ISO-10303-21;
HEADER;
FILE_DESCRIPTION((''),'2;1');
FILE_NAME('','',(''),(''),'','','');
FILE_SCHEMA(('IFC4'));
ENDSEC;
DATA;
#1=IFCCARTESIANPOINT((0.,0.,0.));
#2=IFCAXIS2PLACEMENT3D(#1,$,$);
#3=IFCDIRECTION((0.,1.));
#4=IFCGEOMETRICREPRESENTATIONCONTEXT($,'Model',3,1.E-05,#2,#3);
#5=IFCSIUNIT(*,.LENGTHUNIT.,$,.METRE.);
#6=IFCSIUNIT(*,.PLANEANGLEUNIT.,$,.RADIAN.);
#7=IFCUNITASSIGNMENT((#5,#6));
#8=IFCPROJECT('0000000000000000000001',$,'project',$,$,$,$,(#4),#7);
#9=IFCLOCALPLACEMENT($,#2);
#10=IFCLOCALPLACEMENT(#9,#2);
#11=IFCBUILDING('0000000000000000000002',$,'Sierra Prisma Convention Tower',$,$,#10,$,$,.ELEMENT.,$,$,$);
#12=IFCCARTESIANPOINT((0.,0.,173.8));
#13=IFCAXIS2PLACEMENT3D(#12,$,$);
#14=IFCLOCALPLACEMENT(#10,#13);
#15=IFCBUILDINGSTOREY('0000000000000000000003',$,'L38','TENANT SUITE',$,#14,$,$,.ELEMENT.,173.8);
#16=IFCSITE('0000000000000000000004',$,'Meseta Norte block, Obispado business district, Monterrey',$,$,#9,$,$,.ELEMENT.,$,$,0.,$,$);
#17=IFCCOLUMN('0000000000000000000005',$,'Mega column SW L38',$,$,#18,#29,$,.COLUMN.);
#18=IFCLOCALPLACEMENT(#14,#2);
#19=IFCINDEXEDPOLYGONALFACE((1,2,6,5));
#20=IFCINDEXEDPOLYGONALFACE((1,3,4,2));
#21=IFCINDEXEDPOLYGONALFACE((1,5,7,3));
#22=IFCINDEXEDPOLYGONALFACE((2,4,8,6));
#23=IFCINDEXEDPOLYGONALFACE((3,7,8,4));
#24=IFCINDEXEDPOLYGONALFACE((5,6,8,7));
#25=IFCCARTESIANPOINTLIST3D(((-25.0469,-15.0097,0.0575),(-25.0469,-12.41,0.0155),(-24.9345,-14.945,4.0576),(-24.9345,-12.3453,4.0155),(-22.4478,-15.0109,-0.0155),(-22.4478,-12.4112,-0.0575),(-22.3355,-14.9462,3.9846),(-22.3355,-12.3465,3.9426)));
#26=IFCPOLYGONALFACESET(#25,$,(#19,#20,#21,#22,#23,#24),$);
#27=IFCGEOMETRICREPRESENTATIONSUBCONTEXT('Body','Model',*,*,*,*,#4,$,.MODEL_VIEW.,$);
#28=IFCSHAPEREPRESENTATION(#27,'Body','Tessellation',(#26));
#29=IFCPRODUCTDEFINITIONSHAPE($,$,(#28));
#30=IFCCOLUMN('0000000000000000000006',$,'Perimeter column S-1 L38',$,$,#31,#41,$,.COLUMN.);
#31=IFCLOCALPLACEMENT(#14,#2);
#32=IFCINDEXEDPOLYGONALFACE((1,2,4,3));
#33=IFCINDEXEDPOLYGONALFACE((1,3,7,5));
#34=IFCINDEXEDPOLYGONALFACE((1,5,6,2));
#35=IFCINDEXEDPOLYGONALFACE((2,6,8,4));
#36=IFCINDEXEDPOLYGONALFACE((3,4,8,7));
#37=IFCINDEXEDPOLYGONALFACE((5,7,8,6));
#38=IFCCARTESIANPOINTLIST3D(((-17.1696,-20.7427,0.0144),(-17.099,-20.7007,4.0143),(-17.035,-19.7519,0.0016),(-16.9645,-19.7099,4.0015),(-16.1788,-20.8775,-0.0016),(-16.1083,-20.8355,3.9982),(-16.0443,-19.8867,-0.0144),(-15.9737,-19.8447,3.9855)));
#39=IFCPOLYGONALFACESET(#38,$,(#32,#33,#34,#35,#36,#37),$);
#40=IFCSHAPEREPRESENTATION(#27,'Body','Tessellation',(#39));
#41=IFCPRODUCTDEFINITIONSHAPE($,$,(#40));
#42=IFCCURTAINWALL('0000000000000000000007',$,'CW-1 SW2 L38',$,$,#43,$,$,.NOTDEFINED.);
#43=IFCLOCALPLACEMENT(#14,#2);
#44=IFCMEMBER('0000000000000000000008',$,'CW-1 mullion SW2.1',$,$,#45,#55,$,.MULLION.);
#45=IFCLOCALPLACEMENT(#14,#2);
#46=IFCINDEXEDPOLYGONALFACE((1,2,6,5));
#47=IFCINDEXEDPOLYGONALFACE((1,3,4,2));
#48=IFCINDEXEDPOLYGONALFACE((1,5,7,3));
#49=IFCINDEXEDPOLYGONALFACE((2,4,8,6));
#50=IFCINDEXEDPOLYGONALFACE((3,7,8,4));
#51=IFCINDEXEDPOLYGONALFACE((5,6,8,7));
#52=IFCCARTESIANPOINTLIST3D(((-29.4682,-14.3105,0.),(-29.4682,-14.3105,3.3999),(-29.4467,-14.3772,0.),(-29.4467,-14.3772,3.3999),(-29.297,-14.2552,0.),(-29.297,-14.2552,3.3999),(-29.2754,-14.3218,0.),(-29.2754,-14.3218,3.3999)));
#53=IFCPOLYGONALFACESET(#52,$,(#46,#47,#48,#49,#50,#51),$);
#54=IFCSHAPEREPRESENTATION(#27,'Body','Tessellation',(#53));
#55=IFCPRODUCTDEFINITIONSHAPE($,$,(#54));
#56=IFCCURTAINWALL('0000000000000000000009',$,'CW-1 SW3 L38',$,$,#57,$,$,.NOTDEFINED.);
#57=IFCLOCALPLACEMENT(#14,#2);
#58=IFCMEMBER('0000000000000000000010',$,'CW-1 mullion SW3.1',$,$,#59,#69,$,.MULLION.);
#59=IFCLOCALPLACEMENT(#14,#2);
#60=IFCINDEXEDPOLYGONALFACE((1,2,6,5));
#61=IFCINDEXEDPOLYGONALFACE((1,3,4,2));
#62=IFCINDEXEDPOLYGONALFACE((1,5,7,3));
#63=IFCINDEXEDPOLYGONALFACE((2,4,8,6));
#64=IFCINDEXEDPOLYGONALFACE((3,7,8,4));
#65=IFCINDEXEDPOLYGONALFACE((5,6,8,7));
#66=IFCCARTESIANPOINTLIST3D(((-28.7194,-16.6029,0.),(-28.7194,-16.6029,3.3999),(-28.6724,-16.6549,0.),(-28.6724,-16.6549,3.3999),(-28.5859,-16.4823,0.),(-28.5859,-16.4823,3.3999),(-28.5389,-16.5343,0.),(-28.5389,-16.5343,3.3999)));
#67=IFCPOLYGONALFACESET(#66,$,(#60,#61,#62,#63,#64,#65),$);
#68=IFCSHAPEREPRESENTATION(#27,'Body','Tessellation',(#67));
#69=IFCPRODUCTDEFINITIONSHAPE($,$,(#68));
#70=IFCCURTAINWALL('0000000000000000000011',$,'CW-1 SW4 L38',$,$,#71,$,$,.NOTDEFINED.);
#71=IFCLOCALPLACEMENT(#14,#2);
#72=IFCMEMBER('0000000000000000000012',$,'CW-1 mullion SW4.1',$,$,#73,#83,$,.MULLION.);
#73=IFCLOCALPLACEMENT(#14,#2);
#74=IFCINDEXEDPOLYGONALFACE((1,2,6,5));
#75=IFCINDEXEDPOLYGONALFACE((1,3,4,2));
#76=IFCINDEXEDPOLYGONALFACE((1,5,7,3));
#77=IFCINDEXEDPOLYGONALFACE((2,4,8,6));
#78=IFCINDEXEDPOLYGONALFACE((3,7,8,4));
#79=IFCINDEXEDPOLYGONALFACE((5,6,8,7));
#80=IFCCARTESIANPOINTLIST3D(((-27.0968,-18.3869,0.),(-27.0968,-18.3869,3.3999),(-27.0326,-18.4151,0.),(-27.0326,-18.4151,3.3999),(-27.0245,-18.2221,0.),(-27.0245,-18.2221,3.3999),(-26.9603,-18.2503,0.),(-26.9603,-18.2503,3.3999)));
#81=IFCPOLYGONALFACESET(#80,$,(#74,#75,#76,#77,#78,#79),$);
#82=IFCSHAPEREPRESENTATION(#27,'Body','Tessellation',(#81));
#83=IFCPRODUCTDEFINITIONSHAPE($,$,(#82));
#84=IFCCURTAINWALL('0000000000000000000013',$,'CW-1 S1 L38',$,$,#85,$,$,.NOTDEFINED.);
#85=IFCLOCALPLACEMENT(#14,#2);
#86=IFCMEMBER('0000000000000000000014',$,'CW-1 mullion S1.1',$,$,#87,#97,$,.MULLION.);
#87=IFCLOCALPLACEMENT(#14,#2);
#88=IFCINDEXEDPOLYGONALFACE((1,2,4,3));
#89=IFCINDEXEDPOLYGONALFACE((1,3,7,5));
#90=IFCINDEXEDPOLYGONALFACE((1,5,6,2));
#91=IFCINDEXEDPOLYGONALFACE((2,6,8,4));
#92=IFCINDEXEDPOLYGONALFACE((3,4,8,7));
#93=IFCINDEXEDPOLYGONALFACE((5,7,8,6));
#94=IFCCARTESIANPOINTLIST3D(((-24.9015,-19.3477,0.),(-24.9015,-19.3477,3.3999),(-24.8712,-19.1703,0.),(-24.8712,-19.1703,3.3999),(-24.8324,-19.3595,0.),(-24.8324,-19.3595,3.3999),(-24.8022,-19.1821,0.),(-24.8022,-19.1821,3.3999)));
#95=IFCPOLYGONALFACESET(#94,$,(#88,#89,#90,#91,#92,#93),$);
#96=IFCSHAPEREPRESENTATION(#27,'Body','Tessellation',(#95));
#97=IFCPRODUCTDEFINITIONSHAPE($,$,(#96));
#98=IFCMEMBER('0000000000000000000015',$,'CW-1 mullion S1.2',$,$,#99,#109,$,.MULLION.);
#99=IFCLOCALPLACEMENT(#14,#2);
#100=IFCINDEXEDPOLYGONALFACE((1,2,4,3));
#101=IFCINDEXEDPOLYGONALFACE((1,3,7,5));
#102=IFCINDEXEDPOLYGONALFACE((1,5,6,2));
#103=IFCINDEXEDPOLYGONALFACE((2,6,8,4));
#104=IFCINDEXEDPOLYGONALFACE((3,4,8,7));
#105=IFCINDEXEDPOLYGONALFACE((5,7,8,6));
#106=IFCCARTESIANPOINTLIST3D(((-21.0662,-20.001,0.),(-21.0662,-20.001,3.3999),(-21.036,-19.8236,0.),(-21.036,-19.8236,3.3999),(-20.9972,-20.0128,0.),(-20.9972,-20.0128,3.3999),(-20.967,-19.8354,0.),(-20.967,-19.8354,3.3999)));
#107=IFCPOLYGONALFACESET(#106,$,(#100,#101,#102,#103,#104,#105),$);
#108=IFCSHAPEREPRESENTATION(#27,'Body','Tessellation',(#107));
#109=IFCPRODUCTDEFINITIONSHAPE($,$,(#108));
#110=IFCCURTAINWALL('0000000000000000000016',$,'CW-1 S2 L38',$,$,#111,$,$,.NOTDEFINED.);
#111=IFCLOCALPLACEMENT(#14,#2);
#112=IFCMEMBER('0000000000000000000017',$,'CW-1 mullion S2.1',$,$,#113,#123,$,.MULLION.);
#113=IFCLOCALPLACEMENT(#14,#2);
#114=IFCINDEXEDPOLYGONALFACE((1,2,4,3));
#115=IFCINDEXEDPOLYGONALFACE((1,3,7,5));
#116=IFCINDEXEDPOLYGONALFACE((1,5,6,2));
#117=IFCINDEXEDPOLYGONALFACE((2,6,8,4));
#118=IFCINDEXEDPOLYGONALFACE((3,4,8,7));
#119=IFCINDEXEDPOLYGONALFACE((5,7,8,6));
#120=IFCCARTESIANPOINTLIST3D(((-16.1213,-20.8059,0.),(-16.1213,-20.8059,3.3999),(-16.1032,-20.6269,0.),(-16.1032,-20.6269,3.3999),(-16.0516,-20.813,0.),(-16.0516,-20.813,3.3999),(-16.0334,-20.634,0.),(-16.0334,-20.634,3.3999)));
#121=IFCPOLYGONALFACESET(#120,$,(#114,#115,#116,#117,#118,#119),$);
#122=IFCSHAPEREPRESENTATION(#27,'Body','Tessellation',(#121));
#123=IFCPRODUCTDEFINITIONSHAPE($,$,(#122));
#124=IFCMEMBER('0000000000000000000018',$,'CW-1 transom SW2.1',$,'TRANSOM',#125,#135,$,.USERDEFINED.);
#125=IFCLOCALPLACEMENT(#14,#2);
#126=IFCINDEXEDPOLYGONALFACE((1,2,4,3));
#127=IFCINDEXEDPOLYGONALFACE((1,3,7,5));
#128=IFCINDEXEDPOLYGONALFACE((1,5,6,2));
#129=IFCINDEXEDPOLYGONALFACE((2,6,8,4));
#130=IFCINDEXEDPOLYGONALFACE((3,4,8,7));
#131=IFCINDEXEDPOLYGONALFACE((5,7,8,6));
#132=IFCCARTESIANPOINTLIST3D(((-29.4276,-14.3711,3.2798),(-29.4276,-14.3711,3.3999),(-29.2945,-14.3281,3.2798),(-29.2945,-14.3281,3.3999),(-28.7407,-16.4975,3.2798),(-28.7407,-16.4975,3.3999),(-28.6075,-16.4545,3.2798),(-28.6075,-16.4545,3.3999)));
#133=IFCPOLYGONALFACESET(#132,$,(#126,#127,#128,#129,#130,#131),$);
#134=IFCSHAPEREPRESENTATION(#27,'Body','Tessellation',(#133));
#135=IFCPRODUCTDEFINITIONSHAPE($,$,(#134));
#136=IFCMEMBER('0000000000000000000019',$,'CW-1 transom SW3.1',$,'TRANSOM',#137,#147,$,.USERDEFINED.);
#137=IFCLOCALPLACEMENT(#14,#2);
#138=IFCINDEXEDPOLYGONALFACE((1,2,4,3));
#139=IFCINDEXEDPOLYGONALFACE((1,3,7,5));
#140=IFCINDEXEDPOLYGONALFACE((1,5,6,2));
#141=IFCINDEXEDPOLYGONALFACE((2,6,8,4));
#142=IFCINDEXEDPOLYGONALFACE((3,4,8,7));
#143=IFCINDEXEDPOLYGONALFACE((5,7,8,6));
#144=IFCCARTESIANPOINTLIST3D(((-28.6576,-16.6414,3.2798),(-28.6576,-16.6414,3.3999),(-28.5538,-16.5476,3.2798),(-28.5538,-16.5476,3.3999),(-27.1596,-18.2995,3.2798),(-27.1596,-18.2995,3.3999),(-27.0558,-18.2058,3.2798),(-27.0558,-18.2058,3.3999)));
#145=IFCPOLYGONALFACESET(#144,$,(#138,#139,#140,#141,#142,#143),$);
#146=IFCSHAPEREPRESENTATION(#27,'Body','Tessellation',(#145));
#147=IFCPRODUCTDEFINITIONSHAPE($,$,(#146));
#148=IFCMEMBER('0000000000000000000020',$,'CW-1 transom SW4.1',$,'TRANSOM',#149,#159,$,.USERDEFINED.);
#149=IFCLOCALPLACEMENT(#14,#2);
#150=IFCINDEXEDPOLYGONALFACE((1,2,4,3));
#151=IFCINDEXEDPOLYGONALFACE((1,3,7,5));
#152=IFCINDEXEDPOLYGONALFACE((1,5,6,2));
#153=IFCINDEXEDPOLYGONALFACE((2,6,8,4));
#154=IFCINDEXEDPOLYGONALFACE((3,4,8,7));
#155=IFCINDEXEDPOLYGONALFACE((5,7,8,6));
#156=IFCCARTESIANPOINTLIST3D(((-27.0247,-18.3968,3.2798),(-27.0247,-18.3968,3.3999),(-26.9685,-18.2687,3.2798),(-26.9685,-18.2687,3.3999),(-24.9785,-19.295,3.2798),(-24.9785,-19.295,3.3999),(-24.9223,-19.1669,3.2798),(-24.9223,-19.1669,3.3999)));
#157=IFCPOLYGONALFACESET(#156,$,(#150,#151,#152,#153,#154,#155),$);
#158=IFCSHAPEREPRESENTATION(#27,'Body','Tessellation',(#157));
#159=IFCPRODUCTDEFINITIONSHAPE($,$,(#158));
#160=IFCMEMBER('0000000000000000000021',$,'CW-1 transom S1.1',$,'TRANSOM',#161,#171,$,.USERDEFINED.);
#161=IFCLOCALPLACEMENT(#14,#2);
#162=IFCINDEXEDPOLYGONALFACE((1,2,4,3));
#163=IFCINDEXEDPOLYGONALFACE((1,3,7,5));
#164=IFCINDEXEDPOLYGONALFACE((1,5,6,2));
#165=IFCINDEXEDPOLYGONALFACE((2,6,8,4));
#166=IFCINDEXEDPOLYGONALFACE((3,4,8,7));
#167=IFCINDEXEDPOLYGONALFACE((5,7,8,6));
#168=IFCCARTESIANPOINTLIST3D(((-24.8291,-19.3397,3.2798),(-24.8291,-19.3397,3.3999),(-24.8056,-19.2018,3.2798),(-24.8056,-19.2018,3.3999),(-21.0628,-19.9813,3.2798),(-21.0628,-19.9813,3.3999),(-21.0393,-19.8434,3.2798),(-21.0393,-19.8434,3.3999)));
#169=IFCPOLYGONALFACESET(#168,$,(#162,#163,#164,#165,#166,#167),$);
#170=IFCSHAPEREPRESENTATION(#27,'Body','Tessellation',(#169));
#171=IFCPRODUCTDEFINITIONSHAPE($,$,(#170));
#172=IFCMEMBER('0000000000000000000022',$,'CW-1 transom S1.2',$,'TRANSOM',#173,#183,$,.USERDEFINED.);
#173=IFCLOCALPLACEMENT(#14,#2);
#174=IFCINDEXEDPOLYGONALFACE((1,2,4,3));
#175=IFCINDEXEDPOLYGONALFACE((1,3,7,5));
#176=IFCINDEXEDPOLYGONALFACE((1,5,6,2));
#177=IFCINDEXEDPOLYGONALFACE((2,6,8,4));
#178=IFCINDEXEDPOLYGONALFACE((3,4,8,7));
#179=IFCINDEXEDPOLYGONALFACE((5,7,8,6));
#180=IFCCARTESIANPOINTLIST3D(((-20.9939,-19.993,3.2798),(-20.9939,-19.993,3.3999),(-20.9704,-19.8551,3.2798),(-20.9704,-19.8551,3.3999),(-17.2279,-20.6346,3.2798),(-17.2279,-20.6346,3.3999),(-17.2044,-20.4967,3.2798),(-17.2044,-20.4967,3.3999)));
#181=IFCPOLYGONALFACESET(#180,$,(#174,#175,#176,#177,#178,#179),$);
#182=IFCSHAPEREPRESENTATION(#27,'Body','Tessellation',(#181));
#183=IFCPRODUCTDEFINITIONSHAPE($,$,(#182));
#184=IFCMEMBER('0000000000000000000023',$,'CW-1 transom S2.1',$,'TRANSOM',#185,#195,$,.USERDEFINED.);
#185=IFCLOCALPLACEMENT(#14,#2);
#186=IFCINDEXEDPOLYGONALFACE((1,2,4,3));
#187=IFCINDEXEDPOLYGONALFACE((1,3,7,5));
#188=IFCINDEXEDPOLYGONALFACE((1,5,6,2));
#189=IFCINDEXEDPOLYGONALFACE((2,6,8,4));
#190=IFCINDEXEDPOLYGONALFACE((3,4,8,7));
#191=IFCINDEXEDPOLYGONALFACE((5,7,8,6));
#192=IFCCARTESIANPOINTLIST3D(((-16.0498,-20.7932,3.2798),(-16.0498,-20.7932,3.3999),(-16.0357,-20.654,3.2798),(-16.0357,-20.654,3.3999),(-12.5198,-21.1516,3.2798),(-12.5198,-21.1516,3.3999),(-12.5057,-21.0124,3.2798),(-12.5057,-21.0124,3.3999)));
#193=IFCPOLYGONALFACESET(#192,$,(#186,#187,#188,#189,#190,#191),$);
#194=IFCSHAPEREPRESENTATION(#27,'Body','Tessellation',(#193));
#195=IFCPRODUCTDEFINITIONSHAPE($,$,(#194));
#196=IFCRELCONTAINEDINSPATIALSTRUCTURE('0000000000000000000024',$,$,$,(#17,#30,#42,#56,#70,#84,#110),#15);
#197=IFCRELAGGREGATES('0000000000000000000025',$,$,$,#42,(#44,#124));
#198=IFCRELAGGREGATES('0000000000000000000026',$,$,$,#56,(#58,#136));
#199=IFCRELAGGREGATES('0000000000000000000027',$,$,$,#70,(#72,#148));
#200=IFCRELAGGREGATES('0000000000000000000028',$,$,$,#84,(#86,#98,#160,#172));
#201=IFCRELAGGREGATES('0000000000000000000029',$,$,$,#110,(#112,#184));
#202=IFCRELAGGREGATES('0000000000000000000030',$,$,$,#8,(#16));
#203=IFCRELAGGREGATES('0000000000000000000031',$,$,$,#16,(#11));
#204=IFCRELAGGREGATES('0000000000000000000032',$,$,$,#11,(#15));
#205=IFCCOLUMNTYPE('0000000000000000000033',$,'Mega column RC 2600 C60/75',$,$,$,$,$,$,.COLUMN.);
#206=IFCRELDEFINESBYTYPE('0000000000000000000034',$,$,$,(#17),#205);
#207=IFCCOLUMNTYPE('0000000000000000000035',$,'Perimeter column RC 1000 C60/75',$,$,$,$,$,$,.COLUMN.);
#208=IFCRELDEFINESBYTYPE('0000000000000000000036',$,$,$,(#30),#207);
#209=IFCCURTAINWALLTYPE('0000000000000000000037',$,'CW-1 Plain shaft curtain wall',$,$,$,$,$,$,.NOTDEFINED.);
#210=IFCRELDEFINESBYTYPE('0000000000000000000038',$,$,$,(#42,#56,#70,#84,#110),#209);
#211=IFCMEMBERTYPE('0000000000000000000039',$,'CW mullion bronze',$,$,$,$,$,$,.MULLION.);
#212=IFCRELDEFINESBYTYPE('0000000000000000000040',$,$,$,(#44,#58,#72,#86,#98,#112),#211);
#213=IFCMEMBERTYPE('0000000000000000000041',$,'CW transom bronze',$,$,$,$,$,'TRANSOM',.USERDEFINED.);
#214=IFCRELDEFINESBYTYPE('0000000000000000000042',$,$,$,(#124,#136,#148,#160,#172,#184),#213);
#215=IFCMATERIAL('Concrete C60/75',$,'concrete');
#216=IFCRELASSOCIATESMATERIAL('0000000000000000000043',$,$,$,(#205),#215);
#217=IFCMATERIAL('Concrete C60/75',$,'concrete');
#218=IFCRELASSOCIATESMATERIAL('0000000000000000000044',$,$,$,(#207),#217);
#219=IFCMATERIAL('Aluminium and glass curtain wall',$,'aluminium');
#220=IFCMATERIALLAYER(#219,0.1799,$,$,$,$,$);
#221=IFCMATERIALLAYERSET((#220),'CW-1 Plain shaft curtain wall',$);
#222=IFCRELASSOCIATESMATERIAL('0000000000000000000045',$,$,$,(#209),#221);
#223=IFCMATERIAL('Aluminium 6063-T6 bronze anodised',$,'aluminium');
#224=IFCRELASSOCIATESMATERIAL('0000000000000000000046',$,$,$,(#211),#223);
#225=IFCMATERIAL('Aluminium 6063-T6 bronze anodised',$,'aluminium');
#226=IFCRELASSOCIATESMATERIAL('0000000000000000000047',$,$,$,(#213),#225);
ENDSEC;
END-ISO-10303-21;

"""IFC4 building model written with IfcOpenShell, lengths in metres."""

from ifc_helpers import new_model, si_unit, direction, frame, origin, origin_2d, place, context, subcontext, project, spatial, rectangle, extrude, material, layer, layer_set, material_profile, profile_set, type_object, element, aggregate, save


model = new_model("IFC4")

# Units and contexts
model_context = context("Model", 3, precision=1e-05, world=origin(), true_north=direction((0.0, 1.0)))
body_context = subcontext(model_context, "Body", "Model", "MODEL_VIEW")
ifc_project = project(units=[si_unit("LENGTHUNIT", "METRE"), si_unit("PLANEANGLEUNIT", "RADIAN")], contexts=[model_context])

# Site, building, storey
site_placement = place(None, origin())
site = spatial("IfcSite", under=ifc_project, at=site_placement, Name="Meseta Norte block, Obispado business district, Monterrey", CompositionType="ELEMENT", RefElevation=0.0)
building_placement = place(site_placement, origin())
building = spatial("IfcBuilding", under=site, at=building_placement, Name="Sierra Prisma Convention Tower", CompositionType="ELEMENT")
storey_placement = place(building_placement, frame((0.0, 0.0, 173.8)))
storey = spatial("IfcBuildingStorey", under=building, at=storey_placement, Name="L38", Description="TENANT SUITE", CompositionType="ELEMENT", Elevation=173.8)

# Columns
ifc_material_1 = material(Name="Concrete C60/75", Category="concrete")
ifc_material_profile_1 = material_profile(ifc_material_1, rectangle(XDim=2.6001, YDim=2.6001, at=origin_2d()), Name="Mega column RC 2600 C60/75")
ifc_profile_set_1 = profile_set([ifc_material_profile_1], Name="Concrete C60/75")
column_type_1 = type_object("IfcColumnType", Name="Mega column RC 2600 C60/75", PredefinedType="COLUMN", material=ifc_profile_set_1)
column_1_placement = place(storey_placement, frame((-23.7473, -13.7104, 0.0), z_axis=(0.028061, 0.016166, 0.999475), x_axis=(0.999606, -0.000454, -0.028058)))
element("IfcColumn", 1, at=column_1_placement, inside=storey, type_object=column_type_1, Name="Mega column SW L38", PredefinedType="COLUMN", context=body_context, shape_type="SweptSolid", body=[
    extrude(rectangle(XDim=2.6001, YDim=2.6001, at=origin_2d()), origin(), (0.0, 0.0, 1.0), 4.0022),
])
ifc_material_2 = material(Name="Concrete C60/75", Category="concrete")
ifc_material_profile_2 = material_profile(ifc_material_2, rectangle(XDim=1.0, YDim=1.0, at=origin_2d()), Name="Perimeter column RC 1000 C60/75")
ifc_profile_set_2 = profile_set([ifc_material_profile_2], Name="Concrete C60/75")
column_type_2 = type_object("IfcColumnType", Name="Perimeter column RC 1000 C60/75", PredefinedType="COLUMN", material=ifc_profile_set_2)
column_2_placement = place(storey_placement, frame((-16.6069, -20.3147, 0.0), z_axis=(0.017635, 0.010496, 0.999789), x_axis=(-0.990749, 0.134752, 0.016061)))
element("IfcColumn", 2, at=column_2_placement, inside=storey, type_object=column_type_2, Name="Perimeter column S-1 L38", PredefinedType="COLUMN", context=body_context, shape_type="SweptSolid", body=[
    extrude(rectangle(XDim=1.0, YDim=1.0, at=origin_2d()), origin(), (0.0, 0.0, 1.0), 4.0007),
])

# Curtain walls, members
ifc_material_3 = material(Name="Aluminium and glass curtain wall", Category="aluminium")
ifc_layer_1 = layer(ifc_material_3, 0.1799)
ifc_layer_set_1 = layer_set([ifc_layer_1], Name="CW-1 Plain shaft curtain wall")
curtain_wall_type = type_object("IfcCurtainWallType", Name="CW-1 Plain shaft curtain wall", PredefinedType="NOTDEFINED", material=ifc_layer_set_1)
curtain_wall_1_placement = place(storey_placement, origin())
curtain_wall_1 = element("IfcCurtainWall", 3, at=curtain_wall_1_placement, inside=storey, type_object=curtain_wall_type, Name="CW-1 SW2 L38", PredefinedType="NOTDEFINED")
ifc_material_4 = material(Name="Aluminium 6063-T6 bronze anodised", Category="aluminium")
ifc_material_profile_3 = material_profile(ifc_material_4, rectangle(XDim=0.1799, YDim=0.0701, at=origin_2d()), Name="ALU MULLION 70x180")
ifc_profile_set_3 = profile_set([ifc_material_profile_3], Name="Aluminium 6063-T6 bronze anodised")
member_type_1 = type_object("IfcMemberType", Name="CW mullion bronze", PredefinedType="MULLION", material=ifc_profile_set_3)
member_1_placement = place(storey_placement, frame((-29.3718, -14.3162, 0.0), z_axis=(0.0, 0.0, 1.0), x_axis=(0.951593, 0.307362, 0.0)))
member_1 = element("IfcMember", 4, at=member_1_placement, type_object=member_type_1, Name="CW-1 mullion SW2.1", PredefinedType="MULLION", context=body_context, shape_type="SweptSolid", body=[
    extrude(rectangle(XDim=0.1799, YDim=0.0701, at=origin_2d()), origin(), (0.0, 0.0, 1.0), 3.3999),
])
curtain_wall_2_placement = place(storey_placement, origin())
curtain_wall_2 = element("IfcCurtainWall", 5, at=curtain_wall_2_placement, inside=storey, type_object=curtain_wall_type, Name="CW-1 SW3 L38", PredefinedType="NOTDEFINED")
member_2_placement = place(storey_placement, frame((-28.6292, -16.5686, 0.0), z_axis=(0.0, 0.0, 1.0), x_axis=(0.741979, 0.670423, 0.0)))
member_2 = element("IfcMember", 6, at=member_2_placement, type_object=member_type_1, Name="CW-1 mullion SW3.1", PredefinedType="MULLION", context=body_context, shape_type="SweptSolid", body=[
    extrude(rectangle(XDim=0.1799, YDim=0.0701, at=origin_2d()), origin(), (0.0, 0.0, 1.0), 3.3999),
])
curtain_wall_3_placement = place(storey_placement, origin())
curtain_wall_3 = element("IfcCurtainWall", 7, at=curtain_wall_3_placement, inside=storey, type_object=curtain_wall_type, Name="CW-1 SW4 L38", PredefinedType="NOTDEFINED")
member_3_placement = place(storey_placement, frame((-27.0286, -18.3186, 0.0), z_axis=(0.0, 0.0, 1.0), x_axis=(0.401962, 0.915656, 0.0)))
member_3 = element("IfcMember", 8, at=member_3_placement, type_object=member_type_1, Name="CW-1 mullion SW4.1", PredefinedType="MULLION", context=body_context, shape_type="SweptSolid", body=[
    extrude(rectangle(XDim=0.1799, YDim=0.0701, at=origin_2d()), origin(), (0.0, 0.0, 1.0), 3.3999),
])

# Curtain wall, members
curtain_wall_4_placement = place(storey_placement, origin())
curtain_wall_4 = element("IfcCurtainWall", 9, at=curtain_wall_4_placement, inside=storey, type_object=curtain_wall_type, Name="CW-1 S1 L38", PredefinedType="NOTDEFINED")
member_4_placement = place(storey_placement, frame((-24.8518, -19.2649, 0.0), z_axis=(0.0, 0.0, 1.0), x_axis=(0.167933, 0.985798, 0.0)))
member_4 = element("IfcMember", 10, at=member_4_placement, type_object=member_type_1, Name="CW-1 mullion S1.1", PredefinedType="MULLION", context=body_context, shape_type="SweptSolid", body=[
    extrude(rectangle(XDim=0.1799, YDim=0.0701, at=origin_2d()), origin(), (0.0, 0.0, 1.0), 3.3999),
])
member_5_placement = place(storey_placement, frame((-21.0166, -19.9182, 0.0), z_axis=(0.0, 0.0, 1.0), x_axis=(0.167933, 0.985798, 0.0)))
member_5 = element("IfcMember", 11, at=member_5_placement, type_object=member_type_1, Name="CW-1 mullion S1.2", PredefinedType="MULLION", context=body_context, shape_type="SweptSolid", body=[
    extrude(rectangle(XDim=0.1799, YDim=0.0701, at=origin_2d()), origin(), (0.0, 0.0, 1.0), 3.3999),
])

# Curtain wall, member
curtain_wall_5_placement = place(storey_placement, origin())
curtain_wall_5 = element("IfcCurtainWall", 12, at=curtain_wall_5_placement, inside=storey, type_object=curtain_wall_type, Name="CW-1 S2 L38", PredefinedType="NOTDEFINED")
member_6_placement = place(storey_placement, frame((-16.0774, -20.72, 0.0), z_axis=(0.0, 0.0, 1.0), x_axis=(0.101067, 0.99488, 0.0)))
member_6 = element("IfcMember", 13, at=member_6_placement, type_object=member_type_1, Name="CW-1 mullion S2.1", PredefinedType="MULLION", context=body_context, shape_type="SweptSolid", body=[
    extrude(rectangle(XDim=0.1799, YDim=0.0701, at=origin_2d()), origin(), (0.0, 0.0, 1.0), 3.3999),
])

# Members
ifc_material_5 = material(Name="Aluminium 6063-T6 bronze anodised", Category="aluminium")
ifc_material_profile_4 = material_profile(ifc_material_5, rectangle(XDim=0.1399, YDim=0.1201, at=origin_2d()), Name="ALU TRANSOM 120x140")
ifc_profile_set_4 = profile_set([ifc_material_profile_4], Name="Aluminium 6063-T6 bronze anodised")
member_type_2 = type_object("IfcMemberType", Name="CW transom bronze", ElementType="TRANSOM", PredefinedType="USERDEFINED", material=ifc_profile_set_4)
member_7_placement = place(storey_placement, frame((-29.3611, -14.3496, 3.3398), z_axis=(0.30743, -0.951571, 0.0), x_axis=(0.951571, 0.30743, 0.0)))
member_7 = element("IfcMember", 14, at=member_7_placement, type_object=member_type_2, Name="CW-1 transom SW2.1", ObjectType="TRANSOM", PredefinedType="USERDEFINED", context=body_context, shape_type="SweptSolid", body=[
    extrude(rectangle(XDim=0.1399, YDim=0.1201, at=origin_2d()), origin(), (0.0, 0.0, 1.0), 2.2346),
])
member_8_placement = place(storey_placement, frame((-28.6057, -16.5945, 3.3398), z_axis=(0.670364, -0.742033, 0.0), x_axis=(0.742033, 0.670364, 0.0)))
member_8 = element("IfcMember", 15, at=member_8_placement, type_object=member_type_2, Name="CW-1 transom SW3.1", ObjectType="TRANSOM", PredefinedType="USERDEFINED", context=body_context, shape_type="SweptSolid", body=[
    extrude(rectangle(XDim=0.1399, YDim=0.1201, at=origin_2d()), origin(), (0.0, 0.0, 1.0), 2.2346),
])
member_9_placement = place(storey_placement, frame((-26.9966, -18.3328, 3.3398), z_axis=(0.915663, -0.401948, 0.0), x_axis=(0.401948, 0.915663, 0.0)))
member_9 = element("IfcMember", 16, at=member_9_placement, type_object=member_type_2, Name="CW-1 transom SW4.1", ObjectType="TRANSOM", PredefinedType="USERDEFINED", context=body_context, shape_type="SweptSolid", body=[
    extrude(rectangle(XDim=0.1399, YDim=0.1201, at=origin_2d()), origin(), (0.0, 0.0, 1.0), 2.2346),
])
member_10_placement = place(storey_placement, frame((-24.8174, -19.2708, 3.3398), z_axis=(0.985799, -0.167931, 0.0), x_axis=(0.167931, 0.985799, 0.0)))
member_10 = element("IfcMember", 17, at=member_10_placement, type_object=member_type_2, Name="CW-1 transom S1.1", ObjectType="TRANSOM", PredefinedType="USERDEFINED", context=body_context, shape_type="SweptSolid", body=[
    extrude(rectangle(XDim=0.1399, YDim=0.1201, at=origin_2d()), origin(), (0.0, 0.0, 1.0), 3.8206),
])
member_11_placement = place(storey_placement, frame((-20.9822, -19.9241, 3.3398), z_axis=(0.985797, -0.167942, 0.0), x_axis=(0.167942, 0.985797, 0.0)))
member_11 = element("IfcMember", 18, at=member_11_placement, type_object=member_type_2, Name="CW-1 transom S1.2", ObjectType="TRANSOM", PredefinedType="USERDEFINED", context=body_context, shape_type="SweptSolid", body=[
    extrude(rectangle(XDim=0.1399, YDim=0.1201, at=origin_2d()), origin(), (0.0, 0.0, 1.0), 3.8203),
])
member_12_placement = place(storey_placement, frame((-16.0427, -20.7236, 3.3398), z_axis=(0.994885, -0.101009, 0.0), x_axis=(0.101009, 0.994885, 0.0)))
member_12 = element("IfcMember", 19, at=member_12_placement, type_object=member_type_2, Name="CW-1 transom S2.1", ObjectType="TRANSOM", PredefinedType="USERDEFINED", context=body_context, shape_type="SweptSolid", body=[
    extrude(rectangle(XDim=0.1399, YDim=0.1201, at=origin_2d()), origin(), (0.0, 0.0, 1.0), 3.5481),
])

aggregate(curtain_wall_1, [member_1, member_7])
aggregate(curtain_wall_2, [member_2, member_8])
aggregate(curtain_wall_3, [member_3, member_9])
aggregate(curtain_wall_4, [member_4, member_5, member_10, member_11])
aggregate(curtain_wall_5, [member_6, member_12])

save(model, "model.ifc")
